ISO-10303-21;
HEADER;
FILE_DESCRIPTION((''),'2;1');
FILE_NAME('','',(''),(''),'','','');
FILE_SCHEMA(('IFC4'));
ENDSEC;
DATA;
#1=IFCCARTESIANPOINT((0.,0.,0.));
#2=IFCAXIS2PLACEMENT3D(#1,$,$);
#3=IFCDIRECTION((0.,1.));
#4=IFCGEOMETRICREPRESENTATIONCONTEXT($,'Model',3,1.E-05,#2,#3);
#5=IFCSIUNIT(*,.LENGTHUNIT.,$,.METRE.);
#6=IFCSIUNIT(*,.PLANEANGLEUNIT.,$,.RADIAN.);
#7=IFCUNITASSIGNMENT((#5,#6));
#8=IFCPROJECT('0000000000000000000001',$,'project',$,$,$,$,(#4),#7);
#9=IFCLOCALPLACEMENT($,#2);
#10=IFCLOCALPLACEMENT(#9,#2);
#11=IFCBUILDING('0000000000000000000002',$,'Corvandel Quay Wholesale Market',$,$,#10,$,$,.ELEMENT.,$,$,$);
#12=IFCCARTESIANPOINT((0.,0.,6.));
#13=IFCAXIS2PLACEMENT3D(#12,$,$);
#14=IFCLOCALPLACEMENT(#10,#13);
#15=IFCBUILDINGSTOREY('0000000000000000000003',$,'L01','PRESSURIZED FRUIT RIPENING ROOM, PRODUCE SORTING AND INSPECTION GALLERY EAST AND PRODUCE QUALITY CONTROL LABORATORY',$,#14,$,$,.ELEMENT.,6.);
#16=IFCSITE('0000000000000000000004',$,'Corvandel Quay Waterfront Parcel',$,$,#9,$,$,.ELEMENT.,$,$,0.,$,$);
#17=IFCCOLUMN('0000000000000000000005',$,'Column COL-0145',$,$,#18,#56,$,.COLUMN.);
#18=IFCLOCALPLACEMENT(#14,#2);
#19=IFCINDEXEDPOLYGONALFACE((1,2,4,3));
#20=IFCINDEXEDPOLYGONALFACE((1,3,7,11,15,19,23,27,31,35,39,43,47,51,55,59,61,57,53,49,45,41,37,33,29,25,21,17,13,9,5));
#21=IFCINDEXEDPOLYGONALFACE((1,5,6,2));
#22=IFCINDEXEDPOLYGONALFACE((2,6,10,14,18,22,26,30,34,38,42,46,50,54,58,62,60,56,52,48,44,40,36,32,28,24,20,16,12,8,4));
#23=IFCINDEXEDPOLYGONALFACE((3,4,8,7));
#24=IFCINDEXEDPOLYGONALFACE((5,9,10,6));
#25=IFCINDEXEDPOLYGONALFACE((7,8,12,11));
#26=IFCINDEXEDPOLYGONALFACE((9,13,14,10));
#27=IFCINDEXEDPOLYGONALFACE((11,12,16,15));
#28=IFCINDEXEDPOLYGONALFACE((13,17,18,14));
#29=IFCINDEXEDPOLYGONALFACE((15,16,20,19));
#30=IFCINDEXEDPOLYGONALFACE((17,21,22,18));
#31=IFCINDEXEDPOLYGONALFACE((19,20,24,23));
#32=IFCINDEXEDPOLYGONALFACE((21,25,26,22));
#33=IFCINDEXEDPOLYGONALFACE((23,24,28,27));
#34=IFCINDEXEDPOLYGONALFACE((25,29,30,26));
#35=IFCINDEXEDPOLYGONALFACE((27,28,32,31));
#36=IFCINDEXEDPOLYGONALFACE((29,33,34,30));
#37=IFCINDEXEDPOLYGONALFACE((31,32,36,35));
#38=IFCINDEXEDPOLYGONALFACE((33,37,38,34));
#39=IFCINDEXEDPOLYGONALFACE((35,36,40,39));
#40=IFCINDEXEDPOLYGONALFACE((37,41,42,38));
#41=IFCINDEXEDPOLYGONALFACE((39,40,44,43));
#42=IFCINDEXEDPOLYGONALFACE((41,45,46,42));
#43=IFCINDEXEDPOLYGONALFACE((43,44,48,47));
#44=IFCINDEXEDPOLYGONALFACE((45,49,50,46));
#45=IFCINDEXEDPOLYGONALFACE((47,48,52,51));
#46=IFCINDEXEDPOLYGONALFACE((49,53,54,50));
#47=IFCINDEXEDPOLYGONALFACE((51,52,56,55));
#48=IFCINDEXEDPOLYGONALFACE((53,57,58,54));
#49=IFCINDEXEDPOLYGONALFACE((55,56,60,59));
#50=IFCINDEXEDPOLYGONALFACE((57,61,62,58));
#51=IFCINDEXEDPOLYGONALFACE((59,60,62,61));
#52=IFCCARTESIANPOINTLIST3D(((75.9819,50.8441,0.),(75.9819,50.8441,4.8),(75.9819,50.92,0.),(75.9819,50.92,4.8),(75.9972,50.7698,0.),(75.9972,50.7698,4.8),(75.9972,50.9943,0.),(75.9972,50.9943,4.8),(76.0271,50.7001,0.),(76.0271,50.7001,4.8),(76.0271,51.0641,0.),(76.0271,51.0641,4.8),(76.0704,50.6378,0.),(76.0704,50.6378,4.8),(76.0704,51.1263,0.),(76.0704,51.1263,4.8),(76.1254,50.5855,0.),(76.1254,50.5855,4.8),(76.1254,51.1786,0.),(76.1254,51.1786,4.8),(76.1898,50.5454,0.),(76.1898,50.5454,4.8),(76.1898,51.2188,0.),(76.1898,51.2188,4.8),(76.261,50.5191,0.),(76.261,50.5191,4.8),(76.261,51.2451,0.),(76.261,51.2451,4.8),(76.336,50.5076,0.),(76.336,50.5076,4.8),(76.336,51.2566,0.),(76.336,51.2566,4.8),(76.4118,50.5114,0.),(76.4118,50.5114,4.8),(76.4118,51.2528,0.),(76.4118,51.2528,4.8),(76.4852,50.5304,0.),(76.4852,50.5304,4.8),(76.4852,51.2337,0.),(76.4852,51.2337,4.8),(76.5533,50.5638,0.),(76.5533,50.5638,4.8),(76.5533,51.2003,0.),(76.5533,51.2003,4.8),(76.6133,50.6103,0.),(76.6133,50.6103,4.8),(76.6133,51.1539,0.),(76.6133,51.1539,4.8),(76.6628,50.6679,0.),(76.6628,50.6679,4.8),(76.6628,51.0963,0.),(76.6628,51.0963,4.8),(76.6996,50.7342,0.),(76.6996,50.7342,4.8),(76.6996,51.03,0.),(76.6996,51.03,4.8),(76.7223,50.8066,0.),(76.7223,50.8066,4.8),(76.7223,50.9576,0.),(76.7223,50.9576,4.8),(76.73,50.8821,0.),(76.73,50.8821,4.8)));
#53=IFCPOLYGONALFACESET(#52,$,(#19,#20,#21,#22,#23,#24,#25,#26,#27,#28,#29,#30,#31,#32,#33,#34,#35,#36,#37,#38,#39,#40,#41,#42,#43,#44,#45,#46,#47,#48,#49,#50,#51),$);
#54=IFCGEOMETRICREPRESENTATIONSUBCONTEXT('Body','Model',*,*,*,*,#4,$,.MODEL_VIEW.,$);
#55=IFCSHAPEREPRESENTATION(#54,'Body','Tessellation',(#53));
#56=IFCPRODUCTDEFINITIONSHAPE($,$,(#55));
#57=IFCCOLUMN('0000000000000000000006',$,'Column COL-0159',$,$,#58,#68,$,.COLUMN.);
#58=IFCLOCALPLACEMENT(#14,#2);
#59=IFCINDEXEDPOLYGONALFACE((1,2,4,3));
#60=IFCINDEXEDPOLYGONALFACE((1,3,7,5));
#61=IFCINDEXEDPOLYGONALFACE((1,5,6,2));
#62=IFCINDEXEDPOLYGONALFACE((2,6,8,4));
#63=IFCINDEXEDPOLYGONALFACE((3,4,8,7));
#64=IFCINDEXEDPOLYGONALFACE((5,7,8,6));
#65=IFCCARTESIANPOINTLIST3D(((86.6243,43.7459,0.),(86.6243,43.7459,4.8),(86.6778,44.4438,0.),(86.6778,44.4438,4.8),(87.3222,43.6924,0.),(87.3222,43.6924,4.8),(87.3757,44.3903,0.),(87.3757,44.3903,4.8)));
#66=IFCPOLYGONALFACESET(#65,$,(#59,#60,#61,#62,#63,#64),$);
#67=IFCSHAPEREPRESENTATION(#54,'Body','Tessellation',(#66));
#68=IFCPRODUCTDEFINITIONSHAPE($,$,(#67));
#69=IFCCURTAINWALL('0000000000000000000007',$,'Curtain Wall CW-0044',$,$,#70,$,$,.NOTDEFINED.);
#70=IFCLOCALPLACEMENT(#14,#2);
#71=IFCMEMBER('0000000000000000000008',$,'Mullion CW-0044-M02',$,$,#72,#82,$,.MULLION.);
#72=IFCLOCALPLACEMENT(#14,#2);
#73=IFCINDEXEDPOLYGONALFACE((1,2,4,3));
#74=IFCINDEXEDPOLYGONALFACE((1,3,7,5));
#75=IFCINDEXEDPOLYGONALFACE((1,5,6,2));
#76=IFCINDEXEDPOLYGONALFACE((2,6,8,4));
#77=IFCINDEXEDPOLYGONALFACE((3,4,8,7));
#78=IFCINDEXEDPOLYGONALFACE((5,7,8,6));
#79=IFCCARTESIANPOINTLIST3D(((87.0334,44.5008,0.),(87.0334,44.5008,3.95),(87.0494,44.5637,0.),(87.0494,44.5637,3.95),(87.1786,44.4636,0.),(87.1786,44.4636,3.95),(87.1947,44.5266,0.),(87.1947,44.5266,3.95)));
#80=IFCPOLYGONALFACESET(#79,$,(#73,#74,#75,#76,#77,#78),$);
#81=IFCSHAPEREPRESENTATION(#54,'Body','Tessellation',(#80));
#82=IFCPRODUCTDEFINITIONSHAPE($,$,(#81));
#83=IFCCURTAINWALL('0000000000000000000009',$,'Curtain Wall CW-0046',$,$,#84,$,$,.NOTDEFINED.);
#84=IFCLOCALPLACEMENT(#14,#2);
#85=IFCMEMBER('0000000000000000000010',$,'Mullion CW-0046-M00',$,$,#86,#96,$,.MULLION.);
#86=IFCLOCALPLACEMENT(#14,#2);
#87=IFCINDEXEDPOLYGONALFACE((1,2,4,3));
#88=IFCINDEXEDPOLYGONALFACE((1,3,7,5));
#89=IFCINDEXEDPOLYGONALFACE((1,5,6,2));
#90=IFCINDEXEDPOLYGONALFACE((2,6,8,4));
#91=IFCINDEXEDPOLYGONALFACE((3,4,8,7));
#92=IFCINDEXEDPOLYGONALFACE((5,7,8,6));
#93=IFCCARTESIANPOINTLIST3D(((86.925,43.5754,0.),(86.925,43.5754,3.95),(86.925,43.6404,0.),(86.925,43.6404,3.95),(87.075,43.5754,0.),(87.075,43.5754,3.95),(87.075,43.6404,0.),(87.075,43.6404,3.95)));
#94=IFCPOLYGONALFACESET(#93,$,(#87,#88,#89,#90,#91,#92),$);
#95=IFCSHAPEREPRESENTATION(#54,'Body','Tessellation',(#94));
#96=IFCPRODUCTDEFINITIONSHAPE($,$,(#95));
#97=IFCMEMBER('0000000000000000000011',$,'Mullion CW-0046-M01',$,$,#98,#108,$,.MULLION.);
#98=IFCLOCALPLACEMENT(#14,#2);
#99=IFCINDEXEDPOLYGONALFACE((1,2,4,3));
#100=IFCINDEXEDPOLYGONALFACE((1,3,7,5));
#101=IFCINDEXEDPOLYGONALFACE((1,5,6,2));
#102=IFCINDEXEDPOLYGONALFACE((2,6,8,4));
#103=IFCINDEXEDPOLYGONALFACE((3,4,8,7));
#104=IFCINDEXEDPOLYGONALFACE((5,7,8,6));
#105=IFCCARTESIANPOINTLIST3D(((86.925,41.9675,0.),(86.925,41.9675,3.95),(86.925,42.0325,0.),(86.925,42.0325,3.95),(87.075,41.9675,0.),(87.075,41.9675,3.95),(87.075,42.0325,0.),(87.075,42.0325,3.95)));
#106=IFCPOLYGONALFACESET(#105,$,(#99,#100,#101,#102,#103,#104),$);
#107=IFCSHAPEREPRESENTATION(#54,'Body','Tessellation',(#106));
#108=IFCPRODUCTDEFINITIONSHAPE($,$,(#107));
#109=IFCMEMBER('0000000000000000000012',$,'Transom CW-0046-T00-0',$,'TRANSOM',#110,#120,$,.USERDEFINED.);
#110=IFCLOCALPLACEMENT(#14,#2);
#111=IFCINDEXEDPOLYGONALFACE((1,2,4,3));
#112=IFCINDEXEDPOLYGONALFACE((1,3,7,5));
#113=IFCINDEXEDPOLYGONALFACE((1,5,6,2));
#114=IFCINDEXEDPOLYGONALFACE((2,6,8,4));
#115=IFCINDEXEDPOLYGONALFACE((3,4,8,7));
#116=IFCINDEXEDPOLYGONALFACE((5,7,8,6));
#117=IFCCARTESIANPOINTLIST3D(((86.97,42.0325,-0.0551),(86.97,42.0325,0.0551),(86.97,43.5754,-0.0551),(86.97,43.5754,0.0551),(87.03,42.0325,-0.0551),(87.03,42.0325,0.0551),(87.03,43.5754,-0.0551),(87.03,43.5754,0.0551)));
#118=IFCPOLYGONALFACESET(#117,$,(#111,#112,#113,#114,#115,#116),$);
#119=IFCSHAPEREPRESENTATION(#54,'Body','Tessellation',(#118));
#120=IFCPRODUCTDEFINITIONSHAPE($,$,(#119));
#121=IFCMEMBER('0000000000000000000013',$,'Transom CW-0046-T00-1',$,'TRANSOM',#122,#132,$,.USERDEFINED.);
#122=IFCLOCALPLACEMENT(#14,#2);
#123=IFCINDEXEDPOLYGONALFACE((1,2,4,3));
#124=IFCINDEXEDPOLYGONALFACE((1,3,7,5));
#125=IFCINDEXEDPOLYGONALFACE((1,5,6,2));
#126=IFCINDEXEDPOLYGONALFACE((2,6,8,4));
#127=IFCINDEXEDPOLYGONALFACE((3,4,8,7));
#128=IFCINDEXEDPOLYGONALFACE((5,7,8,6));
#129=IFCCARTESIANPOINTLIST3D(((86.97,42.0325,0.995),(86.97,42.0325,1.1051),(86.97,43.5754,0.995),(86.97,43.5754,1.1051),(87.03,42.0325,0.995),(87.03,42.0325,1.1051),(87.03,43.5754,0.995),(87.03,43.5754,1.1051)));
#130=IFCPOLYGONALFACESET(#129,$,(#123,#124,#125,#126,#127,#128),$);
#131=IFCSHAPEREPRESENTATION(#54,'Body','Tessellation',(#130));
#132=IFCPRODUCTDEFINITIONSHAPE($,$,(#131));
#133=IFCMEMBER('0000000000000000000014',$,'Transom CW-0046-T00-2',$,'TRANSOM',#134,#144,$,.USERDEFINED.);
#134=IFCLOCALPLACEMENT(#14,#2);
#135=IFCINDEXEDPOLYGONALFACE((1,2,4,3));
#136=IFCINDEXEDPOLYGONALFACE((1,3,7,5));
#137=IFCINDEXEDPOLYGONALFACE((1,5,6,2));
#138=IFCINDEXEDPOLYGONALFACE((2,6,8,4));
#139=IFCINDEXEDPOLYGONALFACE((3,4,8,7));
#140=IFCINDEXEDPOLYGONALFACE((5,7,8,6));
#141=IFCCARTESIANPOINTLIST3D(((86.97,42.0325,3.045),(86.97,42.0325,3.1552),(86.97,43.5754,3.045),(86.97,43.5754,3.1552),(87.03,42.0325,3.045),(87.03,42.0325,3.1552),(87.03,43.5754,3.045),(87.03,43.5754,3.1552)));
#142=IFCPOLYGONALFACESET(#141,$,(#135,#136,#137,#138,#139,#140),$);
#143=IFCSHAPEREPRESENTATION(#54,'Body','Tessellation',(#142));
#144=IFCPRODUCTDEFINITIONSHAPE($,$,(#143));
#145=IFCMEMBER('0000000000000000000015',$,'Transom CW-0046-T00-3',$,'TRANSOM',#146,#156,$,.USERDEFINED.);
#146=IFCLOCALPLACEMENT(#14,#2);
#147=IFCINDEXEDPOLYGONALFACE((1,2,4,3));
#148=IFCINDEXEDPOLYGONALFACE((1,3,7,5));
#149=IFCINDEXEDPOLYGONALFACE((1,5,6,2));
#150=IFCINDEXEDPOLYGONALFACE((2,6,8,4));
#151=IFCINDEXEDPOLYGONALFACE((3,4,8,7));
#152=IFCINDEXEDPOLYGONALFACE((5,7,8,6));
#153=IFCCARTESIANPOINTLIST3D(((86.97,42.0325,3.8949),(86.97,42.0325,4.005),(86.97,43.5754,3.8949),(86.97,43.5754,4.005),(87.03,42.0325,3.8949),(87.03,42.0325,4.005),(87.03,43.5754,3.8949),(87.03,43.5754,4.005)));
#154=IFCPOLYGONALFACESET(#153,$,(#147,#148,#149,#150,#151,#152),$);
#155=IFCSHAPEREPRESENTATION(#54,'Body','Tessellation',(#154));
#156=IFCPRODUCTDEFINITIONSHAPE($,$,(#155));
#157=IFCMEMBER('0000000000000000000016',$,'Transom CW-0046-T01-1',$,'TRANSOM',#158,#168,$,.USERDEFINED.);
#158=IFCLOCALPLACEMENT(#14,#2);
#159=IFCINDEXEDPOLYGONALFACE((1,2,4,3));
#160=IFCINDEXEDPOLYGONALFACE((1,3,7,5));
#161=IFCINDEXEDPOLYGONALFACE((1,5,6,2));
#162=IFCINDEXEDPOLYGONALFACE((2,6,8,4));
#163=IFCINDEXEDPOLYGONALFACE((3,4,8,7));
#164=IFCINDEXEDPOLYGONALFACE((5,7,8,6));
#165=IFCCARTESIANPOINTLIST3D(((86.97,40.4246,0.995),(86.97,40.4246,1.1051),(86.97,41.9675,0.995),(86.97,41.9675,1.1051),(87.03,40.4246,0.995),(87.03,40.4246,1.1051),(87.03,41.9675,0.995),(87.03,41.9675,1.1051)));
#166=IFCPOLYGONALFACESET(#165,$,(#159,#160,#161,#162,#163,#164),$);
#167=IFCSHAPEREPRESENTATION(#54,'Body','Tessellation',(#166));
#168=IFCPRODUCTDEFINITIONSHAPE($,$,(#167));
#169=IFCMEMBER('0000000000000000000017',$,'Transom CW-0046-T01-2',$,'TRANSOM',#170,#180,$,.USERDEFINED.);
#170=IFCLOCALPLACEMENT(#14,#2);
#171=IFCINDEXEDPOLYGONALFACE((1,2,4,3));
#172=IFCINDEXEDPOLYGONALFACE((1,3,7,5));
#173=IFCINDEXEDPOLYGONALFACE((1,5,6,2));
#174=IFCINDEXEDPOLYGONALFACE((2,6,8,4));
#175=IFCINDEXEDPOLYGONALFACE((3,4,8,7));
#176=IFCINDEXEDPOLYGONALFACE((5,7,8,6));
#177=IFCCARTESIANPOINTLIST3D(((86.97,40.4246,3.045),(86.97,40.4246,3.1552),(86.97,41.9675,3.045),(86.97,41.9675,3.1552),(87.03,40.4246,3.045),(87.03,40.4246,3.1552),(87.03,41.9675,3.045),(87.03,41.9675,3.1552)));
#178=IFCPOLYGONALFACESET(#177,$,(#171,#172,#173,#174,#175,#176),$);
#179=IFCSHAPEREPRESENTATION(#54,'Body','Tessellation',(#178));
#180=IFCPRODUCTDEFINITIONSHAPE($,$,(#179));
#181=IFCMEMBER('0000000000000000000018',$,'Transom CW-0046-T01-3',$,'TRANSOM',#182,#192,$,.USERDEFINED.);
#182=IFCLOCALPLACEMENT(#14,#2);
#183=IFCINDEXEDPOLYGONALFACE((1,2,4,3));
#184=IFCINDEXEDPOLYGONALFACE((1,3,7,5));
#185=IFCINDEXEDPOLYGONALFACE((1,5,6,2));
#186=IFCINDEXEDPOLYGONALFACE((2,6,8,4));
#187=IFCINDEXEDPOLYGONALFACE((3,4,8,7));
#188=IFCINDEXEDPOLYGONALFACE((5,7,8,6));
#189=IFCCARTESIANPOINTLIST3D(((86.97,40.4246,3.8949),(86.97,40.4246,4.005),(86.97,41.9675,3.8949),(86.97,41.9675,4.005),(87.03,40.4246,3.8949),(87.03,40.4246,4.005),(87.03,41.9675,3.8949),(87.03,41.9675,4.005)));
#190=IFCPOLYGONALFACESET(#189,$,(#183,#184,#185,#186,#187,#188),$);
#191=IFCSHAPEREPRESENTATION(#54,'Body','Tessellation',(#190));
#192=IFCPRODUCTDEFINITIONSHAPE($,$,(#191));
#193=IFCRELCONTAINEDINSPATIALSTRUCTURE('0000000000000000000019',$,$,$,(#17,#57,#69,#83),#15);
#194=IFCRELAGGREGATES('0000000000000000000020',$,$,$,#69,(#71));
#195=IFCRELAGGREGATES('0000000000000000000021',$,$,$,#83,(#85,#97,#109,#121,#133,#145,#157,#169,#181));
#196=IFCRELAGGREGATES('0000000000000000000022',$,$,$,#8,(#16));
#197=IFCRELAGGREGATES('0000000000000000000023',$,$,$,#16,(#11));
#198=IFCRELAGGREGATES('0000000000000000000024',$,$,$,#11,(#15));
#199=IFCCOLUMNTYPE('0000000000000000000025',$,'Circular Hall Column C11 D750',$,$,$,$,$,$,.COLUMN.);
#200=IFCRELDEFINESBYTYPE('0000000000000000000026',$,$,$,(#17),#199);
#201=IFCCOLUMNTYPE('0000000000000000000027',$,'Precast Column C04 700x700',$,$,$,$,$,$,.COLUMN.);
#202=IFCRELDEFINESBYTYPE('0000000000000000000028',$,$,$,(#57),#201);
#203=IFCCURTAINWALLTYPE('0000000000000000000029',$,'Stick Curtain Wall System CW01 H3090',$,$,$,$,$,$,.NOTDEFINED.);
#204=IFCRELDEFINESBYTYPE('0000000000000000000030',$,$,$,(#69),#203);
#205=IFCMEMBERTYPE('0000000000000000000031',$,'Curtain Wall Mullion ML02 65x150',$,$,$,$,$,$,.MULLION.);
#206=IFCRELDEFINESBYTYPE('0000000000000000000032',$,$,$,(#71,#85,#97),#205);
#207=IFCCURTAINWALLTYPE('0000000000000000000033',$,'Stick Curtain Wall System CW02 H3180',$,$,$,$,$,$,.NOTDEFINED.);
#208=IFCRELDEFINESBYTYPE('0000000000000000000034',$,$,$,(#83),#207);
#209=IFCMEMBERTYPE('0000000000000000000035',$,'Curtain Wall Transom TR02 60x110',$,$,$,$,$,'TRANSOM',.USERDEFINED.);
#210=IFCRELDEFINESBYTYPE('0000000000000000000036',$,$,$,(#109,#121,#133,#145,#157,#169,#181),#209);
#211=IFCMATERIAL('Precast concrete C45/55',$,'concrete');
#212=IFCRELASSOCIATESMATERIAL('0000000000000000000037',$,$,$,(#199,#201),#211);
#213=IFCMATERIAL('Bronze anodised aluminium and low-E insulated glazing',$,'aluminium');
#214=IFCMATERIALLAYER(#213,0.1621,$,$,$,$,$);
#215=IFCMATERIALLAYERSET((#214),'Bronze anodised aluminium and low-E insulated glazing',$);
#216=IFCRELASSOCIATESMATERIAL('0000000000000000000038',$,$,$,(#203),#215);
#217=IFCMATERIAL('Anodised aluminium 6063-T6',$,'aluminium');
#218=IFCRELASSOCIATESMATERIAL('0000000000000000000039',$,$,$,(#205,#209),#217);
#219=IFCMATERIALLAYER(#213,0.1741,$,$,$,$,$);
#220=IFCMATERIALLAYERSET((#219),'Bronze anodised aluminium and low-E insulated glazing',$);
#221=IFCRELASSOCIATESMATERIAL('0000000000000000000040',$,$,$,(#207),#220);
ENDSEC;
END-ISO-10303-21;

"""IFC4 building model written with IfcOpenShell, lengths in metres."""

from ifc_helpers import new_model, si_unit, direction, frame, origin, origin_2d, place, context, subcontext, project, spatial, rectangle, circle, extrude, material, layer, layer_set, material_profile, profile_set, type_object, element, aggregate, save


model = new_model("IFC4")

# Units and contexts
model_context = context("Model", 3, precision=1e-05, world=origin(), true_north=direction((0.0, 1.0)))
body_context = subcontext(model_context, "Body", "Model", "MODEL_VIEW")
ifc_project = project(units=[si_unit("LENGTHUNIT", "METRE"), si_unit("PLANEANGLEUNIT", "RADIAN")], contexts=[model_context])

# Site, building, storey
site_placement = place(None, origin())
site = spatial("IfcSite", under=ifc_project, at=site_placement, Name="Corvandel Quay Waterfront Parcel", CompositionType="ELEMENT", RefElevation=0.0)
building_placement = place(site_placement, origin())
building = spatial("IfcBuilding", under=site, at=building_placement, Name="Corvandel Quay Wholesale Market", CompositionType="ELEMENT")
storey_placement = place(building_placement, frame((0.0, 0.0, 6.0)))
storey = spatial("IfcBuildingStorey", under=building, at=storey_placement, Name="L01", Description="PRESSURIZED FRUIT RIPENING ROOM, PRODUCE SORTING AND INSPECTION GALLERY EAST AND PRODUCE QUALITY CONTROL LABORATORY", CompositionType="ELEMENT", Elevation=6.0)

# Columns
ifc_material_1 = material(Name="Precast concrete C45/55", Category="concrete")
ifc_material_profile_1 = material_profile(ifc_material_1, circle(Radius=0.375, at=origin_2d()), Name="PC-COL-D750")
ifc_profile_set_1 = profile_set([ifc_material_profile_1], Name="Precast concrete C45/55")
column_type_1 = type_object("IfcColumnType", Name="Circular Hall Column C11 D750", PredefinedType="COLUMN", material=ifc_profile_set_1)
column_1_placement = place(storey_placement, frame((76.355, 50.8821, 0.0), z_axis=(0.0, 0.0, 1.0), x_axis=(1.0, 0.0, 0.0)))
element("IfcColumn", 1, at=column_1_placement, inside=storey, type_object=column_type_1, Name="Column COL-0145", PredefinedType="COLUMN", context=body_context, shape_type="SweptSolid", body=[
    extrude(circle(Radius=0.375, at=origin_2d()), origin(), (0.0, 0.0, 1.0), 4.8),
])
ifc_material_profile_2 = material_profile(ifc_material_1, rectangle(XDim=0.7, YDim=0.7, at=origin_2d()), Name="PC-COL-700x700")
ifc_profile_set_2 = profile_set([ifc_material_profile_2], Name="Precast concrete C45/55")
column_type_2 = type_object("IfcColumnType", Name="Precast Column C04 700x700", PredefinedType="COLUMN", material=ifc_profile_set_2)
column_2_placement = place(storey_placement, frame((87.0, 44.0681, 0.0), z_axis=(0.0, 0.0, 1.0), x_axis=(0.076371, 0.997079, 0.0)))
element("IfcColumn", 2, at=column_2_placement, inside=storey, type_object=column_type_2, Name="Column COL-0159", PredefinedType="COLUMN", context=body_context, shape_type="SweptSolid", body=[
    extrude(rectangle(XDim=0.7, YDim=0.7, at=origin_2d()), origin(), (0.0, 0.0, 1.0), 4.8),
])

# Curtain wall, member
ifc_material_2 = material(Name="Bronze anodised aluminium and low-E insulated glazing", Category="aluminium")
ifc_layer_1 = layer(ifc_material_2, 0.1621)
ifc_layer_set_1 = layer_set([ifc_layer_1], Name="Bronze anodised aluminium and low-E insulated glazing")
curtain_wall_type_1 = type_object("IfcCurtainWallType", Name="Stick Curtain Wall System CW01 H3090", PredefinedType="NOTDEFINED", material=ifc_layer_set_1)
curtain_wall_1_placement = place(storey_placement, origin())
curtain_wall_1 = element("IfcCurtainWall", 3, at=curtain_wall_1_placement, inside=storey, type_object=curtain_wall_type_1, Name="Curtain Wall CW-0044", PredefinedType="NOTDEFINED")
ifc_material_3 = material(Name="Anodised aluminium 6063-T6", Category="aluminium")
ifc_material_profile_3 = material_profile(ifc_material_3, rectangle(XDim=0.0649, YDim=0.1499, at=origin_2d()), Name="ALU-MUL-65x150")
ifc_profile_set_3 = profile_set([ifc_material_profile_3], Name="Anodised aluminium 6063-T6")
member_type_1 = type_object("IfcMemberType", Name="Curtain Wall Mullion ML02 65x150", PredefinedType="MULLION", material=ifc_profile_set_3)
member_1_placement = place(storey_placement, frame((87.114, 44.5137, 0.0), z_axis=(0.0, 0.0, 1.0), x_axis=(0.247845, 0.9688, 0.0)))
member_1 = element("IfcMember", 4, at=member_1_placement, type_object=member_type_1, Name="Mullion CW-0044-M02", PredefinedType="MULLION", context=body_context, shape_type="SweptSolid", body=[
    extrude(rectangle(XDim=0.0649, YDim=0.1499, at=origin_2d()), origin(), (0.0, 0.0, 1.0), 3.95),
])

# Curtain wall, members
ifc_layer_2 = layer(ifc_material_2, 0.1741)
ifc_layer_set_2 = layer_set([ifc_layer_2], Name="Bronze anodised aluminium and low-E insulated glazing")
curtain_wall_type_2 = type_object("IfcCurtainWallType", Name="Stick Curtain Wall System CW02 H3180", PredefinedType="NOTDEFINED", material=ifc_layer_set_2)
curtain_wall_2_placement = place(storey_placement, origin())
curtain_wall_2 = element("IfcCurtainWall", 5, at=curtain_wall_2_placement, inside=storey, type_object=curtain_wall_type_2, Name="Curtain Wall CW-0046", PredefinedType="NOTDEFINED")
member_2_placement = place(storey_placement, frame((87.0, 43.6079, 0.0), z_axis=(0.0, 0.0, 1.0), x_axis=(0.0, 1.0, 0.0)))
member_2 = element("IfcMember", 6, at=member_2_placement, type_object=member_type_1, Name="Mullion CW-0046-M00", PredefinedType="MULLION", context=body_context, shape_type="SweptSolid", body=[
    extrude(rectangle(XDim=0.0649, YDim=0.1499, at=origin_2d()), origin(), (0.0, 0.0, 1.0), 3.95),
])
member_3_placement = place(storey_placement, frame((87.0, 42.0, 0.0), z_axis=(0.0, 0.0, 1.0), x_axis=(0.0, 1.0, 0.0)))
member_3 = element("IfcMember", 7, at=member_3_placement, type_object=member_type_1, Name="Mullion CW-0046-M01", PredefinedType="MULLION", context=body_context, shape_type="SweptSolid", body=[
    extrude(rectangle(XDim=0.0649, YDim=0.1499, at=origin_2d()), origin(), (0.0, 0.0, 1.0), 3.95),
])
ifc_material_profile_4 = material_profile(ifc_material_3, rectangle(XDim=0.0601, YDim=0.1101, at=origin_2d()), Name="ALU-TRN-60x110")
ifc_profile_set_4 = profile_set([ifc_material_profile_4], Name="Anodised aluminium 6063-T6")
member_type_2 = type_object("IfcMemberType", Name="Curtain Wall Transom TR02 60x110", ElementType="TRANSOM", PredefinedType="USERDEFINED", material=ifc_profile_set_4)
member_4_placement = place(storey_placement, frame((87.0, 43.5754, 0.0), z_axis=(0.0, -1.0, 0.0), x_axis=(1.0, 0.0, 0.0)))
member_4 = element("IfcMember", 8, at=member_4_placement, type_object=member_type_2, Name="Transom CW-0046-T00-0", ObjectType="TRANSOM", PredefinedType="USERDEFINED", context=body_context, shape_type="SweptSolid", body=[
    extrude(rectangle(XDim=0.0601, YDim=0.1101, at=origin_2d()), origin(), (0.0, 0.0, 1.0), 1.543),
])
member_5_placement = place(storey_placement, frame((87.0, 43.5754, 1.05), z_axis=(0.0, -1.0, 0.0), x_axis=(1.0, 0.0, 0.0)))
member_5 = element("IfcMember", 9, at=member_5_placement, type_object=member_type_2, Name="Transom CW-0046-T00-1", ObjectType="TRANSOM", PredefinedType="USERDEFINED", context=body_context, shape_type="SweptSolid", body=[
    extrude(rectangle(XDim=0.0601, YDim=0.1101, at=origin_2d()), origin(), (0.0, 0.0, 1.0), 1.543),
])
member_6_placement = place(storey_placement, frame((87.0, 43.5754, 3.1001), z_axis=(0.0, -1.0, 0.0), x_axis=(1.0, 0.0, 0.0)))
member_6 = element("IfcMember", 10, at=member_6_placement, type_object=member_type_2, Name="Transom CW-0046-T00-2", ObjectType="TRANSOM", PredefinedType="USERDEFINED", context=body_context, shape_type="SweptSolid", body=[
    extrude(rectangle(XDim=0.0601, YDim=0.1101, at=origin_2d()), origin(), (0.0, 0.0, 1.0), 1.543),
])
member_7_placement = place(storey_placement, frame((87.0, 43.5754, 3.95), z_axis=(0.0, -1.0, 0.0), x_axis=(1.0, 0.0, 0.0)))
member_7 = element("IfcMember", 11, at=member_7_placement, type_object=member_type_2, Name="Transom CW-0046-T00-3", ObjectType="TRANSOM", PredefinedType="USERDEFINED", context=body_context, shape_type="SweptSolid", body=[
    extrude(rectangle(XDim=0.0601, YDim=0.1101, at=origin_2d()), origin(), (0.0, 0.0, 1.0), 1.543),
])
member_8_placement = place(storey_placement, frame((87.0, 41.9675, 1.05), z_axis=(0.0, -1.0, 0.0), x_axis=(1.0, 0.0, 0.0)))
member_8 = element("IfcMember", 12, at=member_8_placement, type_object=member_type_2, Name="Transom CW-0046-T01-1", ObjectType="TRANSOM", PredefinedType="USERDEFINED", context=body_context, shape_type="SweptSolid", body=[
    extrude(rectangle(XDim=0.0601, YDim=0.1101, at=origin_2d()), origin(), (0.0, 0.0, 1.0), 1.543),
])
member_9_placement = place(storey_placement, frame((87.0, 41.9675, 3.1001), z_axis=(0.0, -1.0, 0.0), x_axis=(1.0, 0.0, 0.0)))
member_9 = element("IfcMember", 13, at=member_9_placement, type_object=member_type_2, Name="Transom CW-0046-T01-2", ObjectType="TRANSOM", PredefinedType="USERDEFINED", context=body_context, shape_type="SweptSolid", body=[
    extrude(rectangle(XDim=0.0601, YDim=0.1101, at=origin_2d()), origin(), (0.0, 0.0, 1.0), 1.543),
])
member_10_placement = place(storey_placement, frame((87.0, 41.9675, 3.95), z_axis=(0.0, -1.0, 0.0), x_axis=(1.0, 0.0, 0.0)))
member_10 = element("IfcMember", 14, at=member_10_placement, type_object=member_type_2, Name="Transom CW-0046-T01-3", ObjectType="TRANSOM", PredefinedType="USERDEFINED", context=body_context, shape_type="SweptSolid", body=[
    extrude(rectangle(XDim=0.0601, YDim=0.1101, at=origin_2d()), origin(), (0.0, 0.0, 1.0), 1.543),
])

aggregate(curtain_wall_1, [member_1])
aggregate(curtain_wall_2, [member_2, member_3, member_4, member_5, member_6, member_7, member_8, member_9, member_10])

save(model, "model.ifc")
